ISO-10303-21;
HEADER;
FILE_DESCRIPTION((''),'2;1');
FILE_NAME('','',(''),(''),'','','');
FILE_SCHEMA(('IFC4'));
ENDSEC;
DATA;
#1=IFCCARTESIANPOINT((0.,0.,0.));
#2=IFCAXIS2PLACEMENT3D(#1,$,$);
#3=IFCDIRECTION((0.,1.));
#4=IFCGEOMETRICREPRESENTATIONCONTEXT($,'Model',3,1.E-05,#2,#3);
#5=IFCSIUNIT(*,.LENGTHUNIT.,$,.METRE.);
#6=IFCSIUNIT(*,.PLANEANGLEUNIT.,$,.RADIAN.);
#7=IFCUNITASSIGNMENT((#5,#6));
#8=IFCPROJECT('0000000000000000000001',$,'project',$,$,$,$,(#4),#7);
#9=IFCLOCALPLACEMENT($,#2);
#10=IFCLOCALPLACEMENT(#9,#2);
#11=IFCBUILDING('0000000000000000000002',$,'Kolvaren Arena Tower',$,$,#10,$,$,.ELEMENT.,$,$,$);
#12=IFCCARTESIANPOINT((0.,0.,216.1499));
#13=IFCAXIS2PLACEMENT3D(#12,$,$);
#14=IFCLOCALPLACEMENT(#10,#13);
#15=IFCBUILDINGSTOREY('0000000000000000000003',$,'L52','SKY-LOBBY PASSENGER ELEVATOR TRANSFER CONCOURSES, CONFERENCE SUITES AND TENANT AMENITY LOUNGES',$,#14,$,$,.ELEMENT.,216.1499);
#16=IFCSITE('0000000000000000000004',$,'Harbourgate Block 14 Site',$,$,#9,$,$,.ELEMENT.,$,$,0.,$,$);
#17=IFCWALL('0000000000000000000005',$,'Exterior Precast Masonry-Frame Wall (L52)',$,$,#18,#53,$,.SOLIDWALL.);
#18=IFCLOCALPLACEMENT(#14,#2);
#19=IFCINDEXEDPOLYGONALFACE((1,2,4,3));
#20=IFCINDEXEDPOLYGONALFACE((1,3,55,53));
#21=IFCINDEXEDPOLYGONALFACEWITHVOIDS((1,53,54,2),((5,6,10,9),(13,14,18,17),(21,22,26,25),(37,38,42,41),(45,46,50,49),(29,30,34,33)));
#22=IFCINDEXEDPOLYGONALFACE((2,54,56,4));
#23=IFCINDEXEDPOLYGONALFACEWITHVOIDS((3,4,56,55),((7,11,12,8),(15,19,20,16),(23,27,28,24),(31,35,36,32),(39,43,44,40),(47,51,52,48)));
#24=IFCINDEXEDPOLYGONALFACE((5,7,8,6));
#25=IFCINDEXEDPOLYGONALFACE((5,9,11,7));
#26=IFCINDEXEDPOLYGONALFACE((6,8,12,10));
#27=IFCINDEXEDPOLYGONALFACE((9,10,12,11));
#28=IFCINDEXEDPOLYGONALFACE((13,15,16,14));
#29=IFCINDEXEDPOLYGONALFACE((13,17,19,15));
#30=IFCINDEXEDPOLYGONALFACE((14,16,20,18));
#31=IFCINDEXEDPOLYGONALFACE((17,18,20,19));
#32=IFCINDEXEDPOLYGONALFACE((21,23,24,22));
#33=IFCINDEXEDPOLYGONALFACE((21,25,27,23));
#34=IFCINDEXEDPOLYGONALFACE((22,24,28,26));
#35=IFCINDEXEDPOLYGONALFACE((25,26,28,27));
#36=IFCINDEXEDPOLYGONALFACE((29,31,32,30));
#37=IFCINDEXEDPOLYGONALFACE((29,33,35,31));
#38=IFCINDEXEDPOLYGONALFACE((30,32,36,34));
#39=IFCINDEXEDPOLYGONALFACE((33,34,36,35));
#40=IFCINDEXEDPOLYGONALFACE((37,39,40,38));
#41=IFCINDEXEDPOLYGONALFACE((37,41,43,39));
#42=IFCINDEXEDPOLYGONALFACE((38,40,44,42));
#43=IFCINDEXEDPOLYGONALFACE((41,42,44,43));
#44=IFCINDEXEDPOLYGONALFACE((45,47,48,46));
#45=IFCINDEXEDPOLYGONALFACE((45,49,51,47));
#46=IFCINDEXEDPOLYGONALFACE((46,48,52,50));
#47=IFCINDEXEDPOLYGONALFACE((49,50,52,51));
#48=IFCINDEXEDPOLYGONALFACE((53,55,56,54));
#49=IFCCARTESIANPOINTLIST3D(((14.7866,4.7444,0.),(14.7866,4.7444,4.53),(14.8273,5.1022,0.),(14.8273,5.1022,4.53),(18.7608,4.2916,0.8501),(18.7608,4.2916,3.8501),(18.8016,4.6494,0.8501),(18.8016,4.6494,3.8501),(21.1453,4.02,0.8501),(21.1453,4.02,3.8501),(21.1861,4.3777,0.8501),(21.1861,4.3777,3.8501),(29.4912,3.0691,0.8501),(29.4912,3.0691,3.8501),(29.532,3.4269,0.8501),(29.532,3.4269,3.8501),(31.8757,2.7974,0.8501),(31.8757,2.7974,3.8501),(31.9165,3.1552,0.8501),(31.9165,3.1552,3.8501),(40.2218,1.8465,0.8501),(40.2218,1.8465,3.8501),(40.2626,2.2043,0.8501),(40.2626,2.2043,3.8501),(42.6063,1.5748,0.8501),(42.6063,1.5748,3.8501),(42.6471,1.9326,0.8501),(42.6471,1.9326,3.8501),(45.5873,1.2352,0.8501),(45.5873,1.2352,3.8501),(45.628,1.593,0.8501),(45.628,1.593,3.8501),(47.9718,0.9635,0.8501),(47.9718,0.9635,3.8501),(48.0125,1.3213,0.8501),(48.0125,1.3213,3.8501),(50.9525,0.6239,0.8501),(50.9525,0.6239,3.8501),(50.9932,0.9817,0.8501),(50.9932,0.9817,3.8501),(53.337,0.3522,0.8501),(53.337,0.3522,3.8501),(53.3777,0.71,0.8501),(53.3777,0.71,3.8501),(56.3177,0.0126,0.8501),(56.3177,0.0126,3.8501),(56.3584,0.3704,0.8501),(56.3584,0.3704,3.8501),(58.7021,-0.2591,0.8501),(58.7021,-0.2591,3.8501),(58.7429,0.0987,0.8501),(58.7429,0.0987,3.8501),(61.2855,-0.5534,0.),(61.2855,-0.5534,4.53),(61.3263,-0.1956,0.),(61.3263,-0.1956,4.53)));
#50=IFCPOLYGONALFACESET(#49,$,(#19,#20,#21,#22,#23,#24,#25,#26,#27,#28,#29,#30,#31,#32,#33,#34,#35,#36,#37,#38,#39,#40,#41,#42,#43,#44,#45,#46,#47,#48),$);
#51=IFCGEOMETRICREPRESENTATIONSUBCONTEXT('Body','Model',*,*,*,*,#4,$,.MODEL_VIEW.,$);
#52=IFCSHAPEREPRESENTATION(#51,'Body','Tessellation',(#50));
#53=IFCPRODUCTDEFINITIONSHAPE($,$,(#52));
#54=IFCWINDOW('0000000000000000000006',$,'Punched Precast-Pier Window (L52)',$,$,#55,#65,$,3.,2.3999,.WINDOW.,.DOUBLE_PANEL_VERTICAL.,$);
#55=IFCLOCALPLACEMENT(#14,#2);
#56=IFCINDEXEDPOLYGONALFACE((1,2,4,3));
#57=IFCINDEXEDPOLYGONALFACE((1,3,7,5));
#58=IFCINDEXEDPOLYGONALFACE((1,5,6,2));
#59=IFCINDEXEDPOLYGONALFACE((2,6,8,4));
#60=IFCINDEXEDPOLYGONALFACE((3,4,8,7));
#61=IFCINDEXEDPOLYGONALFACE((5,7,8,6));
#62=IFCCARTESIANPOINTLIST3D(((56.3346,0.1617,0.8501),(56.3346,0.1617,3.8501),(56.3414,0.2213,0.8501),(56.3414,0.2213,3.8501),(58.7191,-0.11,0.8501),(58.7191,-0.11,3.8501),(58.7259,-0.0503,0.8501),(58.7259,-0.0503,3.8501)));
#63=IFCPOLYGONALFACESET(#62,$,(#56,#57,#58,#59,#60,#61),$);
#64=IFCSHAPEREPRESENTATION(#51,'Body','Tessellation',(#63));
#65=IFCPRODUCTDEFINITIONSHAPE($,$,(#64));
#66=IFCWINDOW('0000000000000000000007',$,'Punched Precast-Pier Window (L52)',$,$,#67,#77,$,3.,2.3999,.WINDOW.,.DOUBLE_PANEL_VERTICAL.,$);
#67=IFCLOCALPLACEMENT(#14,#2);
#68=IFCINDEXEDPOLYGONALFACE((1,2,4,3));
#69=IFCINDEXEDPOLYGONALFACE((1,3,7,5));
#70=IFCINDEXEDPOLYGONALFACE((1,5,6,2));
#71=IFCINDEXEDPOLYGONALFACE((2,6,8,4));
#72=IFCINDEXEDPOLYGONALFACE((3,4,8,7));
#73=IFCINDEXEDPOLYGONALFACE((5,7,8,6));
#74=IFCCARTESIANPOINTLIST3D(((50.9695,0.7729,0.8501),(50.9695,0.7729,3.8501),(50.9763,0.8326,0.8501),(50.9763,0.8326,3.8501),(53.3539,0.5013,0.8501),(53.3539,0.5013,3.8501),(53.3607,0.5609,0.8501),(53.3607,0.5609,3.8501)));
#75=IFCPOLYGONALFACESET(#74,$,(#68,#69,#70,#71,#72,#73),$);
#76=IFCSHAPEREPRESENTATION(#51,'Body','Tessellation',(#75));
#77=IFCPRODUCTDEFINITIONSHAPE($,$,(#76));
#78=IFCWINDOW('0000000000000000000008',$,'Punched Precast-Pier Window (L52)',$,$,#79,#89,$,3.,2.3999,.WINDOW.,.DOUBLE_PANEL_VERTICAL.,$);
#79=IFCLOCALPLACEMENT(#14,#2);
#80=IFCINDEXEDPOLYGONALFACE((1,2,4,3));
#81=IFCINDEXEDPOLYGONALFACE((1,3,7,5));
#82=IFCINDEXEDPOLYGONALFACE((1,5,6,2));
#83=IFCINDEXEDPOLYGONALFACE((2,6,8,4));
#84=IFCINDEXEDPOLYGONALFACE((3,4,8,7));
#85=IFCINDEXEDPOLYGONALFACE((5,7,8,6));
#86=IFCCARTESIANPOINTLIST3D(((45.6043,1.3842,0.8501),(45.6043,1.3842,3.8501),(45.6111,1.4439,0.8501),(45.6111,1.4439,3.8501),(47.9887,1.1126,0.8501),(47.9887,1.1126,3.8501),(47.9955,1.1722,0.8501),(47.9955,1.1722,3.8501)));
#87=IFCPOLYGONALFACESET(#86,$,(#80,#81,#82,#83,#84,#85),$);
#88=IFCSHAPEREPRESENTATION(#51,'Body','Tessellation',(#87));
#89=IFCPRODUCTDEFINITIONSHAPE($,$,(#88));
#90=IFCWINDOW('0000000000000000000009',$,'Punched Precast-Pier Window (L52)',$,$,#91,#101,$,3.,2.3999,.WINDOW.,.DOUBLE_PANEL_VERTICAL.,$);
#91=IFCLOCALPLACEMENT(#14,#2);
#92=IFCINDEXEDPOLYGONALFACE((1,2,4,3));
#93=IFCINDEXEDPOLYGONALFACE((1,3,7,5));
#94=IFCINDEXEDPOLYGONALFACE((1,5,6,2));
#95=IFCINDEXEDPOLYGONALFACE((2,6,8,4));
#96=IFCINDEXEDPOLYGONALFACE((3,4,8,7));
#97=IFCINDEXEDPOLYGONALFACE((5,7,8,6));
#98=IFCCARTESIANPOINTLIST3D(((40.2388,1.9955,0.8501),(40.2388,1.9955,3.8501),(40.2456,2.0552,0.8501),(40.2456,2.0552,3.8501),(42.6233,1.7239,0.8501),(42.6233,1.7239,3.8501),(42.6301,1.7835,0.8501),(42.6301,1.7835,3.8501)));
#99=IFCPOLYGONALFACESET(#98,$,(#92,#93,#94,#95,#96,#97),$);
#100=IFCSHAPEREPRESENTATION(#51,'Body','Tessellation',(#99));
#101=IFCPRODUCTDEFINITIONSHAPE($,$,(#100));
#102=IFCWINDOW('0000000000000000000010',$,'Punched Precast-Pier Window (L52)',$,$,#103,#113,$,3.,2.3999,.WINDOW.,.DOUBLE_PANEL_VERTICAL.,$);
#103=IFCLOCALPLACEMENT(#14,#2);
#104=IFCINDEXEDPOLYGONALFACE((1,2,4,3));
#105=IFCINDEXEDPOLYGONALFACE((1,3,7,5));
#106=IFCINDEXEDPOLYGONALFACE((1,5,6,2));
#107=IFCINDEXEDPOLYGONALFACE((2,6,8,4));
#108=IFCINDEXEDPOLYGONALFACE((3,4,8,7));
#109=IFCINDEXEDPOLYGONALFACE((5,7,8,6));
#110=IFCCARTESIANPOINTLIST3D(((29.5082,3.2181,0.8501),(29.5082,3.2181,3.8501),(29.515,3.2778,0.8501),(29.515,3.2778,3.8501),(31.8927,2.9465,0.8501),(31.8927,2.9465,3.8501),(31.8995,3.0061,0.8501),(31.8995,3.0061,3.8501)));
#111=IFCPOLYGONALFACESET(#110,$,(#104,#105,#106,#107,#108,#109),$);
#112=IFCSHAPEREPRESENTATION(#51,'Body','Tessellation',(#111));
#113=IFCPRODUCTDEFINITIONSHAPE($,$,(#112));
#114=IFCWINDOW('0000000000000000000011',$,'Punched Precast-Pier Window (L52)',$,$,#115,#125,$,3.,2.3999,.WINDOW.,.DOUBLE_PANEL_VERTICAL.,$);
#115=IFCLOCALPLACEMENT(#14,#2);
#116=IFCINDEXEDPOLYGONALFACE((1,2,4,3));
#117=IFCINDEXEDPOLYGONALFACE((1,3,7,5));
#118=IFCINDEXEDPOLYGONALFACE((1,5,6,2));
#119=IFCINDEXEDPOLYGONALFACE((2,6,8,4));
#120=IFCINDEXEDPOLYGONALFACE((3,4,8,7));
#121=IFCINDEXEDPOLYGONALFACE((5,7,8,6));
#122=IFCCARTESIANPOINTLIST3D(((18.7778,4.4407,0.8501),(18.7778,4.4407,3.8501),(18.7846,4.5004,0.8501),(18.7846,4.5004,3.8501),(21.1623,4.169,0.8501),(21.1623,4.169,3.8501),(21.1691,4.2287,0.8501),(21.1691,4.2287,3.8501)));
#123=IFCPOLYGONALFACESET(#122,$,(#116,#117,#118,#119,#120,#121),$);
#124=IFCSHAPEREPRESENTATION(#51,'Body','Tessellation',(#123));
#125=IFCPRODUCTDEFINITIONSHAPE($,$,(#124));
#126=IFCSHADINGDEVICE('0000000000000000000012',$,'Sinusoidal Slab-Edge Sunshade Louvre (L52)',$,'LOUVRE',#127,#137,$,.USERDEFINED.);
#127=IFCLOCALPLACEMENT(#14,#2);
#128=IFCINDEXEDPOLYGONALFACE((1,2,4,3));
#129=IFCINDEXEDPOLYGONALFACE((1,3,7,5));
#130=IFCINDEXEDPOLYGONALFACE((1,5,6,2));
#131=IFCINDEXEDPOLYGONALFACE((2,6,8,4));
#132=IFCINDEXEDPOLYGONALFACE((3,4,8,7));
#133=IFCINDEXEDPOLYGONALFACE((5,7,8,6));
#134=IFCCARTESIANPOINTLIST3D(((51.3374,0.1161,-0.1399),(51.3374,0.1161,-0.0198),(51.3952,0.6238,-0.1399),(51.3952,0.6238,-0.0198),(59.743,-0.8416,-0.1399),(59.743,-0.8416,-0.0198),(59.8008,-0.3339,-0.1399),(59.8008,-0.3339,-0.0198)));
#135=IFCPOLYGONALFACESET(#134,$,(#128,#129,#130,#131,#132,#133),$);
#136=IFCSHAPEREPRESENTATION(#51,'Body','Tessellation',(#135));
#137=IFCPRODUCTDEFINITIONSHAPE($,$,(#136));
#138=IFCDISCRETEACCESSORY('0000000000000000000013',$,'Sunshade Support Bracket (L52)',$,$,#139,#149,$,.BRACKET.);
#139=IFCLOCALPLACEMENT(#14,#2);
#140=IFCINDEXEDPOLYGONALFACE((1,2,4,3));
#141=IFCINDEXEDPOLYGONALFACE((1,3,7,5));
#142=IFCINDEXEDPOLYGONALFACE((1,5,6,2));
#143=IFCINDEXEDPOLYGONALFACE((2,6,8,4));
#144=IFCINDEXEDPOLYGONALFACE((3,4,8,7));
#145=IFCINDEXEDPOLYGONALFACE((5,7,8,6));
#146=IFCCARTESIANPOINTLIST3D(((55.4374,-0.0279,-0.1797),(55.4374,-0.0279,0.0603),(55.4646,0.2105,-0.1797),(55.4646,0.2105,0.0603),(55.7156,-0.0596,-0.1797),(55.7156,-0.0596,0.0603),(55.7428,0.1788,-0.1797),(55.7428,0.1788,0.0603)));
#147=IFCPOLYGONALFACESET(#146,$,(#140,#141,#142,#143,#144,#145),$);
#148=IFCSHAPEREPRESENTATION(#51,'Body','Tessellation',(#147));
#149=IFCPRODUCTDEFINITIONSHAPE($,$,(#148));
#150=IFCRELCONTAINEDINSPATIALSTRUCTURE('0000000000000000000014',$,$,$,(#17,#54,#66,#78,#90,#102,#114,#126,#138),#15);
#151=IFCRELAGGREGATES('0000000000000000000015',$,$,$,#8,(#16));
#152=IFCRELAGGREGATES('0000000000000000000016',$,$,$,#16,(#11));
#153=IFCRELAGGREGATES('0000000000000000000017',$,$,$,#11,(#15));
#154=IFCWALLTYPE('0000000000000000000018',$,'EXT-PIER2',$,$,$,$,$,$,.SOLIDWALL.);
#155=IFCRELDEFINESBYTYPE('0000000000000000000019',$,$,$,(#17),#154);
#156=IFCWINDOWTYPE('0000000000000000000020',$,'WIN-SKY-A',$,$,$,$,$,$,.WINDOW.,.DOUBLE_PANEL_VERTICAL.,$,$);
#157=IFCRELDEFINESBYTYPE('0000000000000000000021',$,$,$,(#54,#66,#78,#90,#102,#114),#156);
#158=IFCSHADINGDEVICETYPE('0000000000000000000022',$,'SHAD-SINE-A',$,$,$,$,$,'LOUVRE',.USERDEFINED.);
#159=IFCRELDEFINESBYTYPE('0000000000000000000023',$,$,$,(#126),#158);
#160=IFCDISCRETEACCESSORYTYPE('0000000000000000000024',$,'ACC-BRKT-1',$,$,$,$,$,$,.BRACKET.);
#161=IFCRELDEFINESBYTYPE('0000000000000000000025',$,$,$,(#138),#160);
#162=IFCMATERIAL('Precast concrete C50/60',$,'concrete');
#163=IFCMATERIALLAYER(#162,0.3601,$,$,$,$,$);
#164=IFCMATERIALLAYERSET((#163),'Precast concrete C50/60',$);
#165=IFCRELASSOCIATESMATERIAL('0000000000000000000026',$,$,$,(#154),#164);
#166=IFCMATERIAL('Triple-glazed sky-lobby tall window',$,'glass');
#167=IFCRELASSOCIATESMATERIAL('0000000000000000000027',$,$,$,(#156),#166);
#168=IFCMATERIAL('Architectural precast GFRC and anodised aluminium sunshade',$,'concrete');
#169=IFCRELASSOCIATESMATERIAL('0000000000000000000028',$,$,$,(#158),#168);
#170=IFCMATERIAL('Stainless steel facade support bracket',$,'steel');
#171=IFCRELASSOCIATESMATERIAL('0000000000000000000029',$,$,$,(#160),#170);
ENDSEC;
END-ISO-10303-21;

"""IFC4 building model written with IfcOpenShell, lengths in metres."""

from ifc_helpers import new_model, si_unit, direction, frame, frame_2d, origin, origin_2d, place, context, subcontext, project, spatial, rectangle, extrude, material, layer, layer_set, type_object, element, fill, save


model = new_model("IFC4")

# Units and contexts
model_context = context("Model", 3, precision=1e-05, world=origin(), true_north=direction((0.0, 1.0)))
body_context = subcontext(model_context, "Body", "Model", "MODEL_VIEW")
ifc_project = project(units=[si_unit("LENGTHUNIT", "METRE"), si_unit("PLANEANGLEUNIT", "RADIAN")], contexts=[model_context])

# Site, building, storey
site_placement = place(None, origin())
site = spatial("IfcSite", under=ifc_project, at=site_placement, Name="Harbourgate Block 14 Site", CompositionType="ELEMENT", RefElevation=0.0)
building_placement = place(site_placement, origin())
building = spatial("IfcBuilding", under=site, at=building_placement, Name="Kolvaren Arena Tower", CompositionType="ELEMENT")
storey_placement = place(building_placement, frame((0.0, 0.0, 216.1499)))
storey = spatial("IfcBuildingStorey", under=building, at=storey_placement, Name="L52", Description="SKY-LOBBY PASSENGER ELEVATOR TRANSFER CONCOURSES, CONFERENCE SUITES AND TENANT AMENITY LOUNGES", CompositionType="ELEMENT", Elevation=216.1499)

# Shared definitions
ifc_material_1 = material(Name="Precast concrete C50/60", Category="concrete")
ifc_layer = layer(ifc_material_1, 0.3601)
ifc_layer_set = layer_set([ifc_layer], Name="Precast concrete C50/60")
wall_type = type_object("IfcWallType", Name="EXT-PIER2", PredefinedType="SOLIDWALL", material=ifc_layer_set)

# Wall, openings, windows
wall_1_placement = place(storey_placement, frame((61.3059, -0.3745, 0.0), z_axis=(0.0, 0.0, 1.0), x_axis=(-0.993572, 0.113202, 0.0)))
wall_1 = element("IfcWall", 1, at=wall_1_placement, inside=storey, type_object=wall_type, Name="Exterior Precast Masonry-Frame Wall (L52)", PredefinedType="SOLIDWALL", context=body_context, shape_type="SweptSolid", body=[
    extrude(rectangle(XDim=46.7998, YDim=0.3601, at=frame_2d((23.3999, 0.0))), origin(), (0.0, 0.0, 1.0), 4.53),
])
opening_1_placement = place(wall_1_placement, frame((2.6001, 0.0, 0.8501)))
opening_1 = element("IfcOpeningElement", 2, at=opening_1_placement, cuts=wall_1, PredefinedType="OPENING", context=body_context, shape_type="SweptSolid", body=[
    extrude(rectangle(XDim=2.3999, YDim=3.0, at=frame_2d((1.2, 1.5))), frame((0.0, 0.1899, 0.0), z_axis=(0.0, -1.0, 0.0), x_axis=(1.0, 0.0, 0.0)), (0.0, 0.0, 1.0), 0.3801),
])
opening_2_placement = place(wall_1_placement, frame((8.0, 0.0, 0.8501)))
opening_2 = element("IfcOpeningElement", 3, at=opening_2_placement, cuts=wall_1, PredefinedType="OPENING", context=body_context, shape_type="SweptSolid", body=[
    extrude(rectangle(XDim=2.3999, YDim=3.0, at=frame_2d((1.2, 1.5))), frame((0.0, 0.1899, 0.0), z_axis=(0.0, -1.0, 0.0), x_axis=(1.0, 0.0, 0.0)), (0.0, 0.0, 1.0), 0.3801),
])
opening_3_placement = place(wall_1_placement, frame((13.3999, 0.0, 0.8501)))
opening_3 = element("IfcOpeningElement", 4, at=opening_3_placement, cuts=wall_1, PredefinedType="OPENING", context=body_context, shape_type="SweptSolid", body=[
    extrude(rectangle(XDim=2.3999, YDim=3.0, at=frame_2d((1.2, 1.5))), frame((0.0, 0.1899, 0.0), z_axis=(0.0, -1.0, 0.0), x_axis=(1.0, 0.0, 0.0)), (0.0, 0.0, 1.0), 0.3801),
])
opening_4_placement = place(wall_1_placement, frame((18.8, 0.0, 0.8501)))
opening_4 = element("IfcOpeningElement", 5, at=opening_4_placement, cuts=wall_1, PredefinedType="OPENING", context=body_context, shape_type="SweptSolid", body=[
    extrude(rectangle(XDim=2.3999, YDim=3.0, at=frame_2d((1.2, 1.5))), frame((0.0, 0.1899, 0.0), z_axis=(0.0, -1.0, 0.0), x_axis=(1.0, 0.0, 0.0)), (0.0, 0.0, 1.0), 0.3801),
])
opening_5_placement = place(wall_1_placement, frame((29.6001, 0.0, 0.8501)))
opening_5 = element("IfcOpeningElement", 6, at=opening_5_placement, cuts=wall_1, PredefinedType="OPENING", context=body_context, shape_type="SweptSolid", body=[
    extrude(rectangle(XDim=2.3999, YDim=3.0, at=frame_2d((1.2, 1.5))), frame((0.0, 0.1899, 0.0), z_axis=(0.0, -1.0, 0.0), x_axis=(1.0, 0.0, 0.0)), (0.0, 0.0, 1.0), 0.3801),
])
opening_6_placement = place(wall_1_placement, frame((40.3999, 0.0, 0.8501)))
opening_6 = element("IfcOpeningElement", 7, at=opening_6_placement, cuts=wall_1, PredefinedType="OPENING", context=body_context, shape_type="SweptSolid", body=[
    extrude(rectangle(XDim=2.3999, YDim=3.0, at=frame_2d((1.2, 1.5))), frame((0.0, 0.1899, 0.0), z_axis=(0.0, -1.0, 0.0), x_axis=(1.0, 0.0, 0.0)), (0.0, 0.0, 1.0), 0.3801),
])
ifc_material_2 = material(Name="Triple-glazed sky-lobby tall window", Category="glass")
window_type = type_object("IfcWindowType", Name="WIN-SKY-A", PartitioningType="DOUBLE_PANEL_VERTICAL", PredefinedType="WINDOW", material=ifc_material_2)
window_1_placement = place(opening_1_placement, origin())
window_1 = element("IfcWindow", 8, at=window_1_placement, inside=storey, type_object=window_type, Name="Punched Precast-Pier Window (L52)", OverallHeight=3.0, OverallWidth=2.3999, PartitioningType="DOUBLE_PANEL_VERTICAL", PredefinedType="WINDOW", context=body_context, shape_type="SweptSolid", body=[
    extrude(rectangle(XDim=2.3999, YDim=3.0, at=frame_2d((1.2, 1.5))), frame((0.0, 0.03, 0.0), z_axis=(0.0, -1.0, 0.0), x_axis=(1.0, 0.0, 0.0)), (0.0, 0.0, 1.0), 0.0601),
])
fill(opening_1, window_1)
window_2_placement = place(opening_2_placement, origin())
window_2 = element("IfcWindow", 9, at=window_2_placement, inside=storey, type_object=window_type, Name="Punched Precast-Pier Window (L52)", OverallHeight=3.0, OverallWidth=2.3999, PartitioningType="DOUBLE_PANEL_VERTICAL", PredefinedType="WINDOW", context=body_context, shape_type="SweptSolid", body=[
    extrude(rectangle(XDim=2.3999, YDim=3.0, at=frame_2d((1.2, 1.5))), frame((0.0, 0.03, 0.0), z_axis=(0.0, -1.0, 0.0), x_axis=(1.0, 0.0, 0.0)), (0.0, 0.0, 1.0), 0.0601),
])
fill(opening_2, window_2)
window_3_placement = place(opening_3_placement, origin())
window_3 = element("IfcWindow", 10, at=window_3_placement, inside=storey, type_object=window_type, Name="Punched Precast-Pier Window (L52)", OverallHeight=3.0, OverallWidth=2.3999, PartitioningType="DOUBLE_PANEL_VERTICAL", PredefinedType="WINDOW", context=body_context, shape_type="SweptSolid", body=[
    extrude(rectangle(XDim=2.3999, YDim=3.0, at=frame_2d((1.2, 1.5))), frame((0.0, 0.03, 0.0), z_axis=(0.0, -1.0, 0.0), x_axis=(1.0, 0.0, 0.0)), (0.0, 0.0, 1.0), 0.0601),
])
fill(opening_3, window_3)
window_4_placement = place(opening_4_placement, origin())
window_4 = element("IfcWindow", 11, at=window_4_placement, inside=storey, type_object=window_type, Name="Punched Precast-Pier Window (L52)", OverallHeight=3.0, OverallWidth=2.3999, PartitioningType="DOUBLE_PANEL_VERTICAL", PredefinedType="WINDOW", context=body_context, shape_type="SweptSolid", body=[
    extrude(rectangle(XDim=2.3999, YDim=3.0, at=frame_2d((1.2, 1.5))), frame((0.0, 0.03, 0.0), z_axis=(0.0, -1.0, 0.0), x_axis=(1.0, 0.0, 0.0)), (0.0, 0.0, 1.0), 0.0601),
])
fill(opening_4, window_4)
window_5_placement = place(opening_5_placement, origin())
window_5 = element("IfcWindow", 12, at=window_5_placement, inside=storey, type_object=window_type, Name="Punched Precast-Pier Window (L52)", OverallHeight=3.0, OverallWidth=2.3999, PartitioningType="DOUBLE_PANEL_VERTICAL", PredefinedType="WINDOW", context=body_context, shape_type="SweptSolid", body=[
    extrude(rectangle(XDim=2.3999, YDim=3.0, at=frame_2d((1.2, 1.5))), frame((0.0, 0.03, 0.0), z_axis=(0.0, -1.0, 0.0), x_axis=(1.0, 0.0, 0.0)), (0.0, 0.0, 1.0), 0.0601),
])
fill(opening_5, window_5)
window_6_placement = place(opening_6_placement, origin())
window_6 = element("IfcWindow", 13, at=window_6_placement, inside=storey, type_object=window_type, Name="Punched Precast-Pier Window (L52)", OverallHeight=3.0, OverallWidth=2.3999, PartitioningType="DOUBLE_PANEL_VERTICAL", PredefinedType="WINDOW", context=body_context, shape_type="SweptSolid", body=[
    extrude(rectangle(XDim=2.3999, YDim=3.0, at=frame_2d((1.2, 1.5))), frame((0.0, 0.03, 0.0), z_axis=(0.0, -1.0, 0.0), x_axis=(1.0, 0.0, 0.0)), (0.0, 0.0, 1.0), 0.0601),
])
fill(opening_6, window_6)

# Shading device
ifc_material_3 = material(Name="Architectural precast GFRC and anodised aluminium sunshade", Category="concrete")
shading_device_type = type_object("IfcShadingDeviceType", Name="SHAD-SINE-A", ElementType="LOUVRE", PredefinedType="USERDEFINED", material=ifc_material_3)
shading_device_placement = place(storey_placement, frame((55.5691, -0.1089, -0.1399), z_axis=(0.0, 0.0, 1.0), x_axis=(-0.993572, 0.113205, 0.0)))
element("IfcShadingDevice", 14, at=shading_device_placement, inside=storey, type_object=shading_device_type, Name="Sinusoidal Slab-Edge Sunshade Louvre (L52)", ObjectType="LOUVRE", PredefinedType="USERDEFINED", context=body_context, shape_type="SweptSolid", body=[
    extrude(rectangle(XDim=8.46, YDim=0.511, at=origin_2d()), origin(), (0.0, 0.0, 1.0), 0.1201),
])

# Discrete accessory
ifc_material_4 = material(Name="Stainless steel facade support bracket", Category="steel")
discrete_accessory_type = type_object("IfcDiscreteAccessoryType", Name="ACC-BRKT-1", PredefinedType="BRACKET", material=ifc_material_4)
discrete_accessory_placement = place(storey_placement, frame((55.5901, 0.0754, -0.1797), z_axis=(0.0, 0.0, 1.0), x_axis=(-0.993572, 0.113205, 0.0)))
element("IfcDiscreteAccessory", 15, at=discrete_accessory_placement, inside=storey, type_object=discrete_accessory_type, Name="Sunshade Support Bracket (L52)", PredefinedType="BRACKET", context=body_context, shape_type="SweptSolid", body=[
    extrude(rectangle(XDim=0.28, YDim=0.24, at=origin_2d()), origin(), (0.0, 0.0, 1.0), 0.24),
])

save(model, "model.ifc")
